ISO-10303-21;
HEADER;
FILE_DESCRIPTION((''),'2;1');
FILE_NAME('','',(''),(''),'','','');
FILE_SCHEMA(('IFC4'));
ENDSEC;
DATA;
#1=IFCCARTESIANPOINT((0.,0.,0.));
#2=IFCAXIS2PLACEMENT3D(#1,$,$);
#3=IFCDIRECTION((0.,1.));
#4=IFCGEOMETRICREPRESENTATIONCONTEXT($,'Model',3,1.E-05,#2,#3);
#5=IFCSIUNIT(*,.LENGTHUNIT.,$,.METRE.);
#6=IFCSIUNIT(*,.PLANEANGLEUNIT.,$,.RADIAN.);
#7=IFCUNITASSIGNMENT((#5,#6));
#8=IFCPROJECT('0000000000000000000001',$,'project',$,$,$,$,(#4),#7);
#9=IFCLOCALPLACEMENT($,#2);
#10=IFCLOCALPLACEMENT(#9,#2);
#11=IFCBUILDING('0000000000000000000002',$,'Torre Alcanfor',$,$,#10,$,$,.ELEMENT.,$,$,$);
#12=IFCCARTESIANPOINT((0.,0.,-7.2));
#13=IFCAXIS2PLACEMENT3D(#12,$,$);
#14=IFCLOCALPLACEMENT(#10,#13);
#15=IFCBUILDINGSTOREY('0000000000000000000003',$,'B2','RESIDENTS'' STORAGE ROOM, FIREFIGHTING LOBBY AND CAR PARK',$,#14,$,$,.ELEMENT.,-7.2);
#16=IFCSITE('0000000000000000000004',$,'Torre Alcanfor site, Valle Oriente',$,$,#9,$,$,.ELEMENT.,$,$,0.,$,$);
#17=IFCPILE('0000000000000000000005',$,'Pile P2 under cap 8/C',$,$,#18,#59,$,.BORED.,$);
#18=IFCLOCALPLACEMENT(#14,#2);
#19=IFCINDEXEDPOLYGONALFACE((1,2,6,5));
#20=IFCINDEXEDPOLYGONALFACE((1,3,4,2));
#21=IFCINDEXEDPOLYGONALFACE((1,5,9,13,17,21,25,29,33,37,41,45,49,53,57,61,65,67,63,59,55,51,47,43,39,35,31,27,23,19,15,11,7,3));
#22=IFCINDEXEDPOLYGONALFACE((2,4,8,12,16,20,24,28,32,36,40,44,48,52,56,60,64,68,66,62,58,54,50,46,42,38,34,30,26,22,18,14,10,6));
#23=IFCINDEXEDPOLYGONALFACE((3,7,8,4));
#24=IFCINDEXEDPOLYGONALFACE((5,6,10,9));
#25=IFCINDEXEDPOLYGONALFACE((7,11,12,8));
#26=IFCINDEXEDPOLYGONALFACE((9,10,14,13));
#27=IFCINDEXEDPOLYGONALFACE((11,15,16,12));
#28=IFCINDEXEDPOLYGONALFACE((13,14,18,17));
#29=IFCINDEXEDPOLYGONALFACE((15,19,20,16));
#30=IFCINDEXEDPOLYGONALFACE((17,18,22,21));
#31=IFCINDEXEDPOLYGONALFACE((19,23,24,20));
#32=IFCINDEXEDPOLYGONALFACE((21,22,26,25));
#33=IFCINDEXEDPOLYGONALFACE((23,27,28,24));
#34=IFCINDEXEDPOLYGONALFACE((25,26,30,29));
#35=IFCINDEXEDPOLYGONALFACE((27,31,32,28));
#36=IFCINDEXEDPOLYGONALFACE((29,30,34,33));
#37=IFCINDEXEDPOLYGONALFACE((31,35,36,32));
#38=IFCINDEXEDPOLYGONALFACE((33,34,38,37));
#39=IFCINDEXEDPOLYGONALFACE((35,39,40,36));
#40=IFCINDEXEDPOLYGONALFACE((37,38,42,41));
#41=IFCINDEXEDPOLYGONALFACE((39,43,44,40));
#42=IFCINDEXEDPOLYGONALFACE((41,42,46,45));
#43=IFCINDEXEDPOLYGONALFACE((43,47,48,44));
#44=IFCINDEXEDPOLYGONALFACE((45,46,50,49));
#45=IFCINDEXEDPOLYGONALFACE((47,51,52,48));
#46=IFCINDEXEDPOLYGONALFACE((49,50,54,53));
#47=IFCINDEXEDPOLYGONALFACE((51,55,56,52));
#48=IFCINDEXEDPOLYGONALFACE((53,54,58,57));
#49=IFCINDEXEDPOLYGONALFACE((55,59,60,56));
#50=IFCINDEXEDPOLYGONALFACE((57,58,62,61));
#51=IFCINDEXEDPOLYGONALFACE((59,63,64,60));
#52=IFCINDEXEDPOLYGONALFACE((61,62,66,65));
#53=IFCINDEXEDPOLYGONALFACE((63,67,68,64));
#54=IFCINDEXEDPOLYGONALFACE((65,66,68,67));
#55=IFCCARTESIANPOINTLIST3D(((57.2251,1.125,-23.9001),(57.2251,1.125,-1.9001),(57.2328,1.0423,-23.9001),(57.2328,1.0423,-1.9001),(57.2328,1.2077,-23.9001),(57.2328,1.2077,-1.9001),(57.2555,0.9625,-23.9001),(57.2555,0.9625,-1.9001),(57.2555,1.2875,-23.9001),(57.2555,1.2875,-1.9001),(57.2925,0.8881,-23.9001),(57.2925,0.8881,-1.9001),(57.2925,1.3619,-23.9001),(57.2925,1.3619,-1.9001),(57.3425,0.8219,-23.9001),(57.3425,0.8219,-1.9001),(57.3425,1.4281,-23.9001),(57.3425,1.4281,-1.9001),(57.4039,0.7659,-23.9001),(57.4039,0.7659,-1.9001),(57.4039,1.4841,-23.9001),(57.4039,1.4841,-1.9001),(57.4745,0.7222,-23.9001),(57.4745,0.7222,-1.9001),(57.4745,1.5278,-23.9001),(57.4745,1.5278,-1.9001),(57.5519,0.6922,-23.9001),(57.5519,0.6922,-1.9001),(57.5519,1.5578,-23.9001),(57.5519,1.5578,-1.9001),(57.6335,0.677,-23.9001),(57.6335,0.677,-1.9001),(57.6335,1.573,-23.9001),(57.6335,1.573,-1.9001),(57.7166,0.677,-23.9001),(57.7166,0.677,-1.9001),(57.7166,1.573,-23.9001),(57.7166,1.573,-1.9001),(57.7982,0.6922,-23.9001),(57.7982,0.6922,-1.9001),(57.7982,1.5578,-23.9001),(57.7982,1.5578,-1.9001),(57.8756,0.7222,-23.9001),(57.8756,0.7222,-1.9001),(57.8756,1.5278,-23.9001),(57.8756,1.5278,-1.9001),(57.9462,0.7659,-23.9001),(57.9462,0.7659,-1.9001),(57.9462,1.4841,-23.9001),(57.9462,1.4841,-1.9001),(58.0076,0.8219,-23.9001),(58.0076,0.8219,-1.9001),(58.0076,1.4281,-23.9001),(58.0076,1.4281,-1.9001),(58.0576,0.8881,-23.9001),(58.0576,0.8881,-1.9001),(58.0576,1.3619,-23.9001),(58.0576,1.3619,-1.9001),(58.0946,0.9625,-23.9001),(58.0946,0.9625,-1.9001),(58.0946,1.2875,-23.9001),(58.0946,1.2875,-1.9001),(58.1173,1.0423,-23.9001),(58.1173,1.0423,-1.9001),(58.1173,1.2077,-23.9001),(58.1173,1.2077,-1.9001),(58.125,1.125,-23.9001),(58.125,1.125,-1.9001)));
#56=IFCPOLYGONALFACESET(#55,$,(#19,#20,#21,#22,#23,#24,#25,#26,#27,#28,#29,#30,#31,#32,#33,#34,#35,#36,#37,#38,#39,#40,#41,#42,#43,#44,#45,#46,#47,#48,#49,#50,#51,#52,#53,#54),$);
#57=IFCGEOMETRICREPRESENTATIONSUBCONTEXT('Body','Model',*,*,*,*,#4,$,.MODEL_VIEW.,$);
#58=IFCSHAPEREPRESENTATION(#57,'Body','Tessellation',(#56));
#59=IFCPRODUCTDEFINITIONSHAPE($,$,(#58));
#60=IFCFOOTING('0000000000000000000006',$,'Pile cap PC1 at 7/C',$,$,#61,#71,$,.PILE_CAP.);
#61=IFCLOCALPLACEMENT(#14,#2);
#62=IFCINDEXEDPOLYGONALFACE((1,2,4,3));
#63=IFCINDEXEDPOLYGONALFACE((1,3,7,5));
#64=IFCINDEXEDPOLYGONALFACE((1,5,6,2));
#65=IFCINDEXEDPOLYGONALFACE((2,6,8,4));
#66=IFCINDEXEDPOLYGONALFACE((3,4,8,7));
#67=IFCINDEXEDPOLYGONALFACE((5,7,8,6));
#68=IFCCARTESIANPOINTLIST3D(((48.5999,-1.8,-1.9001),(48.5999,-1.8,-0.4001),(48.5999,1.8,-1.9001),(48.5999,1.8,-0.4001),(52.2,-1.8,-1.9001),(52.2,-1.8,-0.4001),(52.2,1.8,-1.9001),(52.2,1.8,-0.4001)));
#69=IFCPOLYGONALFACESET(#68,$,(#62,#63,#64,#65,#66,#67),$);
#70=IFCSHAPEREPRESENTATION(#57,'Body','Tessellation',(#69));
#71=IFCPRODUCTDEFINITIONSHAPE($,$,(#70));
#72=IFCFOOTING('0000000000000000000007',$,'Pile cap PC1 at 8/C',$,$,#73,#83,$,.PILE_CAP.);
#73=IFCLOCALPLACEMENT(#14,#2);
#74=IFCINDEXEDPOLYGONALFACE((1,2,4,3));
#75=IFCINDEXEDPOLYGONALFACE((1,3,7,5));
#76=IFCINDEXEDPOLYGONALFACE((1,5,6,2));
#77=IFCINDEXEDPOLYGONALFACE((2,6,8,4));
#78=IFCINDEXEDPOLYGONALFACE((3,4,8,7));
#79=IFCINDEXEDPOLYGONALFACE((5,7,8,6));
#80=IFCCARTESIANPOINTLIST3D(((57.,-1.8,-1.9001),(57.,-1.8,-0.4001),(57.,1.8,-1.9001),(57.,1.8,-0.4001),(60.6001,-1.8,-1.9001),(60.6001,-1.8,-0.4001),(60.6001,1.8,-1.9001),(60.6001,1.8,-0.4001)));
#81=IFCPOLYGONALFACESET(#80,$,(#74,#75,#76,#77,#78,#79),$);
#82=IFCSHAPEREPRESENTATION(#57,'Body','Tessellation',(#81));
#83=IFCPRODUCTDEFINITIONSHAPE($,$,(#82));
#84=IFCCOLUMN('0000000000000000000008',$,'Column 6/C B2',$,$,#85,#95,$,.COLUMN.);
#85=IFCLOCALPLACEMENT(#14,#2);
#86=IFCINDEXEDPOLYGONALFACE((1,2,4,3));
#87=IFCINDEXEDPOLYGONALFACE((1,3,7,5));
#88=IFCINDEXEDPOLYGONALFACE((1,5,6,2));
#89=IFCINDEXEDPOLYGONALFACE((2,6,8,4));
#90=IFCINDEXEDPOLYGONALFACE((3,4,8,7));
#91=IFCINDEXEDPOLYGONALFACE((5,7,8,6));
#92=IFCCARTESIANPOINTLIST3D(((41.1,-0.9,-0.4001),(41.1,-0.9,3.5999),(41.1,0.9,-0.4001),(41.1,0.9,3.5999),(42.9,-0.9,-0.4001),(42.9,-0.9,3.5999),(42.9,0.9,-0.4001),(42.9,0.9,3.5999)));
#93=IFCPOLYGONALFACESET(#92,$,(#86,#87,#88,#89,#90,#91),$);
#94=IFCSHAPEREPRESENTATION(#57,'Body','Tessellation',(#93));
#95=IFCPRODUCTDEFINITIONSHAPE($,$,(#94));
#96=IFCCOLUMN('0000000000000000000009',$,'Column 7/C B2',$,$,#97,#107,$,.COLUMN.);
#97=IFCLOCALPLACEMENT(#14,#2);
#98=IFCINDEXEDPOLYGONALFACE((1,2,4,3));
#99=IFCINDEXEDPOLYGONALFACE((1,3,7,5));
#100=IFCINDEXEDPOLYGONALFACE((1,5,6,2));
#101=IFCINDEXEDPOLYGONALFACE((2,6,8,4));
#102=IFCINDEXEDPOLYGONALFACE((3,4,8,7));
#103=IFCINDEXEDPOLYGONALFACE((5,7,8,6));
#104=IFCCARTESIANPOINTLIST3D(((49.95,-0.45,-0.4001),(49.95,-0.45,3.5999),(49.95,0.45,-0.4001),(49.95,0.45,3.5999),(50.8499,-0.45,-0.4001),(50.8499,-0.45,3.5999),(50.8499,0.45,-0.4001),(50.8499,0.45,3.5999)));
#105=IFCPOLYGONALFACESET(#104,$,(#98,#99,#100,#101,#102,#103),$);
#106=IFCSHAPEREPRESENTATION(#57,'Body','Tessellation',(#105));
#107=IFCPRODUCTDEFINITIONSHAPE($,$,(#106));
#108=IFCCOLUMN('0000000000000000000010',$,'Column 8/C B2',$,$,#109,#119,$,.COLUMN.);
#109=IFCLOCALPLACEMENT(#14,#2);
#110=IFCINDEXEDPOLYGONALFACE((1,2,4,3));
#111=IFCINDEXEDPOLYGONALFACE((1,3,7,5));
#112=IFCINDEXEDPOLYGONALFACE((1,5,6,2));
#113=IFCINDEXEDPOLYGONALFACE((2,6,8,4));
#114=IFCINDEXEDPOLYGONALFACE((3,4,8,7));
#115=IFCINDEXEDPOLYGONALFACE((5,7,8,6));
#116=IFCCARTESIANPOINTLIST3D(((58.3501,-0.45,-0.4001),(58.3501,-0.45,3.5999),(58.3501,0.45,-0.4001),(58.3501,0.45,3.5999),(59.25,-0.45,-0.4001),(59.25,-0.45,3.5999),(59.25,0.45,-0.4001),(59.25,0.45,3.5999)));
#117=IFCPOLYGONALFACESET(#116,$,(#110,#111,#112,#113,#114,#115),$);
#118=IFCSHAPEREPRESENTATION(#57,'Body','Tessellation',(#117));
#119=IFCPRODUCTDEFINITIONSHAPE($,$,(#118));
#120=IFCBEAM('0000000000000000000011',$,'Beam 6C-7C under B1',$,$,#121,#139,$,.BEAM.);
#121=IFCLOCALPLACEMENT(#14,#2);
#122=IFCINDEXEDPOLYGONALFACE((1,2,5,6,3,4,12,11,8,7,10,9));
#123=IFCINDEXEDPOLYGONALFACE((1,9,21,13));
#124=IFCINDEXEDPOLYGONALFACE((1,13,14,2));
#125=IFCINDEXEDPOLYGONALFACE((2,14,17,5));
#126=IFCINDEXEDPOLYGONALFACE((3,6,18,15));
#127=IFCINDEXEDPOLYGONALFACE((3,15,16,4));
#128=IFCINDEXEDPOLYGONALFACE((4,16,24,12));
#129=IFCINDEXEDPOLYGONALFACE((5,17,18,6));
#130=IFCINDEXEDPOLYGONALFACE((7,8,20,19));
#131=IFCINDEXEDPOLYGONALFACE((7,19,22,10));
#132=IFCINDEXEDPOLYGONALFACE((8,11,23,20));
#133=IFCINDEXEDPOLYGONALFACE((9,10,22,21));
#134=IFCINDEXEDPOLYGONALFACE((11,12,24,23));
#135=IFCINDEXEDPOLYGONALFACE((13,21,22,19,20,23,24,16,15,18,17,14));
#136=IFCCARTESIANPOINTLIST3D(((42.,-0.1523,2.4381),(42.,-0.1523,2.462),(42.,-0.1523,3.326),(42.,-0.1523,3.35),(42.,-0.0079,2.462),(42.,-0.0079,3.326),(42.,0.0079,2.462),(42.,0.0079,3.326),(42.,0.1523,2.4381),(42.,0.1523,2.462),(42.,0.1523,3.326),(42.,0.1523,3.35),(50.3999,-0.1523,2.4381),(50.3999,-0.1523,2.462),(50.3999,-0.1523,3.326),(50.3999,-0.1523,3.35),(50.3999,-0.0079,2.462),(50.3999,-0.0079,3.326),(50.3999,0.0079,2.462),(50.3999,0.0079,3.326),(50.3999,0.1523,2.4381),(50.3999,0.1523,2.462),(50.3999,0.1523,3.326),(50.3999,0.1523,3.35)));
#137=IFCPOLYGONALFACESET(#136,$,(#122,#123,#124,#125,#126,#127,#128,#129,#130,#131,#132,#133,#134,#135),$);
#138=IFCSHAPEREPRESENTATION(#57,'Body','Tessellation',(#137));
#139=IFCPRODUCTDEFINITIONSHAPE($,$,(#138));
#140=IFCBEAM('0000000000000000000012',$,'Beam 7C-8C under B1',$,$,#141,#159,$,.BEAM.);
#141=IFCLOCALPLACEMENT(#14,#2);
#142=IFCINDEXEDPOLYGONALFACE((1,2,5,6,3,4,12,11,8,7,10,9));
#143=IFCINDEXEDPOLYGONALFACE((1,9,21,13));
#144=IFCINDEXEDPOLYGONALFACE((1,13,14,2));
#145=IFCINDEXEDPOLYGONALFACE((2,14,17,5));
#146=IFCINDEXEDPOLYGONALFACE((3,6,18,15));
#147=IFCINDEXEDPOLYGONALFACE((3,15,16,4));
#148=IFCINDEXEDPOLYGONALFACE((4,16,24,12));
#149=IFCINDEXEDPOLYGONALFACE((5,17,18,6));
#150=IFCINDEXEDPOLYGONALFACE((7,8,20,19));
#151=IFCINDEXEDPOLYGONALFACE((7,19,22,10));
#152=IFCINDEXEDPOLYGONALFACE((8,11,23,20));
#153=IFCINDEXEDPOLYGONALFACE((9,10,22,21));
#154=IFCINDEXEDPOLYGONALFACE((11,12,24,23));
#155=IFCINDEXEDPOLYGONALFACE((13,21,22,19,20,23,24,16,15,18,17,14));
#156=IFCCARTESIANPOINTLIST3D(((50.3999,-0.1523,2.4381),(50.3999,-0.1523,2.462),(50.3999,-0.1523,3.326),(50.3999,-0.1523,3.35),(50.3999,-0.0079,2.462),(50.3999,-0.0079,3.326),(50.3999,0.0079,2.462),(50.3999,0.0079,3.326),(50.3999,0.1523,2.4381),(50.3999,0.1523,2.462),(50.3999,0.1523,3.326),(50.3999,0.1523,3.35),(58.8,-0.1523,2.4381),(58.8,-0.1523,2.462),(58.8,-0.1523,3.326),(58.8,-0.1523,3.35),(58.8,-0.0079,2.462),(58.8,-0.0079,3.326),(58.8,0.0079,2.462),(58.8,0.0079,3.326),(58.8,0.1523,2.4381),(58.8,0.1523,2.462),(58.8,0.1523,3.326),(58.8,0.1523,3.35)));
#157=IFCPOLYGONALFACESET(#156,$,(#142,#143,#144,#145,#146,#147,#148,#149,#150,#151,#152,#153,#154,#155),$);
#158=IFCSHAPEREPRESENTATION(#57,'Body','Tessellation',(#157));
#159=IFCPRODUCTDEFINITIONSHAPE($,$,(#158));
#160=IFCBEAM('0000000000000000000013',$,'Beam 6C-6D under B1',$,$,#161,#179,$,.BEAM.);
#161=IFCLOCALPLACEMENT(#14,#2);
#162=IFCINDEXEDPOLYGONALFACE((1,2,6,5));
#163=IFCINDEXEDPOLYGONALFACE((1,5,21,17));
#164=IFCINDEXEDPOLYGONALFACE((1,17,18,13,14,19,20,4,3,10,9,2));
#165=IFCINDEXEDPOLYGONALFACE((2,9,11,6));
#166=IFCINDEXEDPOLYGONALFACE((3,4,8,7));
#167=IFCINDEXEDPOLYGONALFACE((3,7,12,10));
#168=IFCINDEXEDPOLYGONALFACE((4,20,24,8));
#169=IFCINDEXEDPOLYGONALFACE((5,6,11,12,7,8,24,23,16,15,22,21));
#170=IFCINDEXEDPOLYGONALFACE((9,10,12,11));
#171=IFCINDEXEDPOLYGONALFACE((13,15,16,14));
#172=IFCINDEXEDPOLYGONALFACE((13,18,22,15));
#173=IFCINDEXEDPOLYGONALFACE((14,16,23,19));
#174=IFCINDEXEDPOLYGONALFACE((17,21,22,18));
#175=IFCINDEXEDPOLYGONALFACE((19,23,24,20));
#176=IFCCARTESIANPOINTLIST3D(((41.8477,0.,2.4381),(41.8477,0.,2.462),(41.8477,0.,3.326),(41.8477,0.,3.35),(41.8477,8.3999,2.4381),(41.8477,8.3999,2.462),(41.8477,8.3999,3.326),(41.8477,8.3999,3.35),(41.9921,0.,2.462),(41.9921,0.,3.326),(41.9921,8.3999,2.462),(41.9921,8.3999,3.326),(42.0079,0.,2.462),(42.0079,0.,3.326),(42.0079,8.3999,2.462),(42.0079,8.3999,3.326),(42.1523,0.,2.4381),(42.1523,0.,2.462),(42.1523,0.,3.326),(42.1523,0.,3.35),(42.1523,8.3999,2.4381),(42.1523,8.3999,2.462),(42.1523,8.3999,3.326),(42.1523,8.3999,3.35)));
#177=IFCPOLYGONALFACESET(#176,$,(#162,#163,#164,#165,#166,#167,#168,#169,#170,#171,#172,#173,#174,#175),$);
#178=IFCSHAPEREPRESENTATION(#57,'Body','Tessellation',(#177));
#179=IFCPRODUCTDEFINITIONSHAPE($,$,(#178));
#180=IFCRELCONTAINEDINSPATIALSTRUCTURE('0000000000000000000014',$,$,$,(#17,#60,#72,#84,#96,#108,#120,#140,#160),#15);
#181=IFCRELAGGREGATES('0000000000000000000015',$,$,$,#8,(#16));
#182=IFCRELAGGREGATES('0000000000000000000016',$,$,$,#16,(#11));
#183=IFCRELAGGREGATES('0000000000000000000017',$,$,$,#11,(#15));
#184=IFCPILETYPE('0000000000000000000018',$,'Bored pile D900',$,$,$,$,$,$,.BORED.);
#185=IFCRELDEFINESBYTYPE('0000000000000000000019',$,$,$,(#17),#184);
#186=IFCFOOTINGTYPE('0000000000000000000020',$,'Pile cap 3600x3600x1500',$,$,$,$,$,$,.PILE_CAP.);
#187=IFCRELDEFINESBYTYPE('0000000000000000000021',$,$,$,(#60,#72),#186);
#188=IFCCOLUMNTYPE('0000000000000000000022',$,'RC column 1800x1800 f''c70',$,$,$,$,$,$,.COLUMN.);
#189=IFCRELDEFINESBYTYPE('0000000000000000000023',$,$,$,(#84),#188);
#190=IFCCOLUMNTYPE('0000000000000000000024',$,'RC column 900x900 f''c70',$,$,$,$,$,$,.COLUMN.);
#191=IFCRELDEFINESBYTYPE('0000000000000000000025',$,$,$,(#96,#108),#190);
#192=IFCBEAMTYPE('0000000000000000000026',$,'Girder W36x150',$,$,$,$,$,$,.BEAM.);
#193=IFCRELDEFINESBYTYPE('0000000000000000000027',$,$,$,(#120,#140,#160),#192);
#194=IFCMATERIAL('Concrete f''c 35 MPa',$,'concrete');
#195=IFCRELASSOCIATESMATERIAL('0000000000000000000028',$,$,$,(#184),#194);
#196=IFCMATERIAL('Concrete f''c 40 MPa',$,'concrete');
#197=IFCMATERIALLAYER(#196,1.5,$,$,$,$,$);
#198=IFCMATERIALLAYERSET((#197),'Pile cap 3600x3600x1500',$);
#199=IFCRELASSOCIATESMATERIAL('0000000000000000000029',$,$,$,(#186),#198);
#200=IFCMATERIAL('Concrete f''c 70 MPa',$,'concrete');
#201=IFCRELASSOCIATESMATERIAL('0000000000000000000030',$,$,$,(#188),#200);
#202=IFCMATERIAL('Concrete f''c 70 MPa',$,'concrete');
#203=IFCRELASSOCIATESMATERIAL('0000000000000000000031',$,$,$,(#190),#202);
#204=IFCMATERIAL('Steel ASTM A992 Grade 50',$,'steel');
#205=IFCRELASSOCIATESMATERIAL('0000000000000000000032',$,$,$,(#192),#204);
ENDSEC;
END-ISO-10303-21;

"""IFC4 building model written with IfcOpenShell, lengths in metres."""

from ifc_helpers import new_model, si_unit, direction, frame, origin, origin_2d, place, context, subcontext, project, spatial, rectangle, circle, i_section, extrude, material, layer, layer_set, material_profile, profile_set, type_object, element, save


model = new_model("IFC4")

# Units and contexts
model_context = context("Model", 3, precision=1e-05, world=origin(), true_north=direction((0.0, 1.0)))
body_context = subcontext(model_context, "Body", "Model", "MODEL_VIEW")
ifc_project = project(units=[si_unit("LENGTHUNIT", "METRE"), si_unit("PLANEANGLEUNIT", "RADIAN")], contexts=[model_context])

# Site, building, storey
site_placement = place(None, origin())
site = spatial("IfcSite", under=ifc_project, at=site_placement, Name="Torre Alcanfor site, Valle Oriente", CompositionType="ELEMENT", RefElevation=0.0)
building_placement = place(site_placement, origin())
building = spatial("IfcBuilding", under=site, at=building_placement, Name="Torre Alcanfor", CompositionType="ELEMENT")
storey_placement = place(building_placement, frame((0.0, 0.0, -7.2)))
storey = spatial("IfcBuildingStorey", under=building, at=storey_placement, Name="B2", Description="RESIDENTS' STORAGE ROOM, FIREFIGHTING LOBBY AND CAR PARK", CompositionType="ELEMENT", Elevation=-7.2)

# Pile
ifc_material_1 = material(Name="Concrete f'c 35 MPa", Category="concrete")
ifc_material_profile_1 = material_profile(ifc_material_1, circle(Radius=0.45, at=origin_2d()), Name="D900")
ifc_profile_set_1 = profile_set([ifc_material_profile_1], Name="Concrete f'c 35 MPa")
pile_type = type_object("IfcPileType", Name="Bored pile D900", PredefinedType="BORED", material=ifc_profile_set_1)
for number, where, z_axis, x_axis, name in (
    (1, (57.675, 1.125, -1.9001), (0.0, 0.0, -1.0), (1.0, 0.0, 0.0), "Pile P2 under cap 8/C"),
):
    element("IfcPile", number, at=place(storey_placement, frame(where, z_axis=z_axis, x_axis=x_axis)), inside=storey, type_object=pile_type, Name=name, PredefinedType="BORED", context=body_context, shape_type="SweptSolid", body=[
        extrude(circle(Radius=0.45, at=origin_2d()), origin(), (0.0, 0.0, 1.0), 22.0),
    ])

# Footings
ifc_material_2 = material(Name="Concrete f'c 40 MPa", Category="concrete")
ifc_layer = layer(ifc_material_2, 1.5)
ifc_layer_set = layer_set([ifc_layer], Name="Pile cap 3600x3600x1500")
footing_type = type_object("IfcFootingType", Name="Pile cap 3600x3600x1500", PredefinedType="PILE_CAP", material=ifc_layer_set)
for number, where, z_axis, x_axis, name in (
    (2, (50.3999, 0.0, -1.9001), (0.0, 0.0, 1.0), (1.0, 0.0, 0.0), "Pile cap PC1 at 7/C"),
    (3, (58.8, 0.0, -1.9001), (0.0, 0.0, 1.0), (1.0, 0.0, 0.0), "Pile cap PC1 at 8/C"),
):
    element("IfcFooting", number, at=place(storey_placement, frame(where, z_axis=z_axis, x_axis=x_axis)), inside=storey, type_object=footing_type, Name=name, PredefinedType="PILE_CAP", context=body_context, shape_type="SweptSolid", body=[
        extrude(rectangle(XDim=3.6001, YDim=3.6001, at=origin_2d()), origin(), (0.0, 0.0, 1.0), 1.5),
    ])

# Columns
ifc_material_3 = material(Name="Concrete f'c 70 MPa", Category="concrete")
ifc_material_profile_2 = material_profile(ifc_material_3, rectangle(XDim=1.8, YDim=1.8, at=origin_2d()), Name="1800x1800")
ifc_profile_set_2 = profile_set([ifc_material_profile_2], Name="Concrete f'c 70 MPa")
column_type_1 = type_object("IfcColumnType", Name="RC column 1800x1800 f'c70", PredefinedType="COLUMN", material=ifc_profile_set_2)
column_placement = place(storey_placement, frame((42.0, 0.0, -0.4001), z_axis=(0.0, 0.0, 1.0), x_axis=(1.0, 0.0, 0.0)))
element("IfcColumn", 4, at=column_placement, inside=storey, type_object=column_type_1, Name="Column 6/C B2", PredefinedType="COLUMN", context=body_context, shape_type="SweptSolid", body=[
    extrude(rectangle(XDim=1.8, YDim=1.8, at=origin_2d()), origin(), (0.0, 0.0, 1.0), 4.0),
])
ifc_material_4 = material(Name="Concrete f'c 70 MPa", Category="concrete")
ifc_material_profile_3 = material_profile(ifc_material_4, rectangle(XDim=0.8999, YDim=0.8999, at=origin_2d()), Name="900x900")
ifc_profile_set_3 = profile_set([ifc_material_profile_3], Name="Concrete f'c 70 MPa")
column_type_2 = type_object("IfcColumnType", Name="RC column 900x900 f'c70", PredefinedType="COLUMN", material=ifc_profile_set_3)
for number, where, z_axis, x_axis, name in (
    (5, (50.3999, 0.0, -0.4001), (0.0, 0.0, 1.0), (1.0, 0.0, 0.0), "Column 7/C B2"),
    (6, (58.8, 0.0, -0.4001), (0.0, 0.0, 1.0), (1.0, 0.0, 0.0), "Column 8/C B2"),
):
    element("IfcColumn", number, at=place(storey_placement, frame(where, z_axis=z_axis, x_axis=x_axis)), inside=storey, type_object=column_type_2, Name=name, PredefinedType="COLUMN", context=body_context, shape_type="SweptSolid", body=[
        extrude(rectangle(XDim=0.8999, YDim=0.8999, at=origin_2d()), origin(), (0.0, 0.0, 1.0), 4.0),
    ])

# Beams
ifc_material_5 = material(Name="Steel ASTM A992 Grade 50", Category="steel")
ifc_material_profile_4 = material_profile(ifc_material_5, i_section(OverallWidth=0.3047, OverallDepth=0.9119, WebThickness=0.0159, FlangeThickness=0.0239, at=origin_2d()), Name="W36x150")
ifc_profile_set_4 = profile_set([ifc_material_profile_4], Name="Steel ASTM A992 Grade 50")
beam_type_1 = type_object("IfcBeamType", Name="Girder W36x150", PredefinedType="BEAM", material=ifc_profile_set_4)
beam_1_placement = place(storey_placement, frame((42.0, 0.0, 2.894), z_axis=(1.0, 0.0, 0.0), x_axis=(0.0, 1.0, 0.0)))
element("IfcBeam", 7, at=beam_1_placement, inside=storey, type_object=beam_type_1, Name="Beam 6C-7C under B1", PredefinedType="BEAM", context=body_context, shape_type="SweptSolid", body=[
    extrude(i_section(OverallWidth=0.3047, OverallDepth=0.9119, WebThickness=0.0159, FlangeThickness=0.0239, at=origin_2d()), origin(), (0.0, 0.0, 1.0), 8.3999),
])
beam_2_placement = place(storey_placement, frame((50.3999, 0.0, 2.894), z_axis=(1.0, 0.0, 0.0), x_axis=(0.0, 1.0, 0.0)))
element("IfcBeam", 8, at=beam_2_placement, inside=storey, type_object=beam_type_1, Name="Beam 7C-8C under B1", PredefinedType="BEAM", context=body_context, shape_type="SweptSolid", body=[
    extrude(i_section(OverallWidth=0.3047, OverallDepth=0.9119, WebThickness=0.0159, FlangeThickness=0.0239, at=origin_2d()), origin(), (0.0, 0.0, 1.0), 8.4001),
])
for number, where, z_axis, x_axis, name in (
    (9, (42.0, 0.0, 2.894), (0.0, 1.0, 0.0), (-1.0, 0.0, 0.0), "Beam 6C-6D under B1"),
):
    element("IfcBeam", number, at=place(storey_placement, frame(where, z_axis=z_axis, x_axis=x_axis)), inside=storey, type_object=beam_type_1, Name=name, PredefinedType="BEAM", context=body_context, shape_type="SweptSolid", body=[
        extrude(i_section(OverallWidth=0.3047, OverallDepth=0.9119, WebThickness=0.0159, FlangeThickness=0.0239, at=origin_2d()), origin(), (0.0, 0.0, 1.0), 8.3999),
    ])

save(model, "model.ifc")
